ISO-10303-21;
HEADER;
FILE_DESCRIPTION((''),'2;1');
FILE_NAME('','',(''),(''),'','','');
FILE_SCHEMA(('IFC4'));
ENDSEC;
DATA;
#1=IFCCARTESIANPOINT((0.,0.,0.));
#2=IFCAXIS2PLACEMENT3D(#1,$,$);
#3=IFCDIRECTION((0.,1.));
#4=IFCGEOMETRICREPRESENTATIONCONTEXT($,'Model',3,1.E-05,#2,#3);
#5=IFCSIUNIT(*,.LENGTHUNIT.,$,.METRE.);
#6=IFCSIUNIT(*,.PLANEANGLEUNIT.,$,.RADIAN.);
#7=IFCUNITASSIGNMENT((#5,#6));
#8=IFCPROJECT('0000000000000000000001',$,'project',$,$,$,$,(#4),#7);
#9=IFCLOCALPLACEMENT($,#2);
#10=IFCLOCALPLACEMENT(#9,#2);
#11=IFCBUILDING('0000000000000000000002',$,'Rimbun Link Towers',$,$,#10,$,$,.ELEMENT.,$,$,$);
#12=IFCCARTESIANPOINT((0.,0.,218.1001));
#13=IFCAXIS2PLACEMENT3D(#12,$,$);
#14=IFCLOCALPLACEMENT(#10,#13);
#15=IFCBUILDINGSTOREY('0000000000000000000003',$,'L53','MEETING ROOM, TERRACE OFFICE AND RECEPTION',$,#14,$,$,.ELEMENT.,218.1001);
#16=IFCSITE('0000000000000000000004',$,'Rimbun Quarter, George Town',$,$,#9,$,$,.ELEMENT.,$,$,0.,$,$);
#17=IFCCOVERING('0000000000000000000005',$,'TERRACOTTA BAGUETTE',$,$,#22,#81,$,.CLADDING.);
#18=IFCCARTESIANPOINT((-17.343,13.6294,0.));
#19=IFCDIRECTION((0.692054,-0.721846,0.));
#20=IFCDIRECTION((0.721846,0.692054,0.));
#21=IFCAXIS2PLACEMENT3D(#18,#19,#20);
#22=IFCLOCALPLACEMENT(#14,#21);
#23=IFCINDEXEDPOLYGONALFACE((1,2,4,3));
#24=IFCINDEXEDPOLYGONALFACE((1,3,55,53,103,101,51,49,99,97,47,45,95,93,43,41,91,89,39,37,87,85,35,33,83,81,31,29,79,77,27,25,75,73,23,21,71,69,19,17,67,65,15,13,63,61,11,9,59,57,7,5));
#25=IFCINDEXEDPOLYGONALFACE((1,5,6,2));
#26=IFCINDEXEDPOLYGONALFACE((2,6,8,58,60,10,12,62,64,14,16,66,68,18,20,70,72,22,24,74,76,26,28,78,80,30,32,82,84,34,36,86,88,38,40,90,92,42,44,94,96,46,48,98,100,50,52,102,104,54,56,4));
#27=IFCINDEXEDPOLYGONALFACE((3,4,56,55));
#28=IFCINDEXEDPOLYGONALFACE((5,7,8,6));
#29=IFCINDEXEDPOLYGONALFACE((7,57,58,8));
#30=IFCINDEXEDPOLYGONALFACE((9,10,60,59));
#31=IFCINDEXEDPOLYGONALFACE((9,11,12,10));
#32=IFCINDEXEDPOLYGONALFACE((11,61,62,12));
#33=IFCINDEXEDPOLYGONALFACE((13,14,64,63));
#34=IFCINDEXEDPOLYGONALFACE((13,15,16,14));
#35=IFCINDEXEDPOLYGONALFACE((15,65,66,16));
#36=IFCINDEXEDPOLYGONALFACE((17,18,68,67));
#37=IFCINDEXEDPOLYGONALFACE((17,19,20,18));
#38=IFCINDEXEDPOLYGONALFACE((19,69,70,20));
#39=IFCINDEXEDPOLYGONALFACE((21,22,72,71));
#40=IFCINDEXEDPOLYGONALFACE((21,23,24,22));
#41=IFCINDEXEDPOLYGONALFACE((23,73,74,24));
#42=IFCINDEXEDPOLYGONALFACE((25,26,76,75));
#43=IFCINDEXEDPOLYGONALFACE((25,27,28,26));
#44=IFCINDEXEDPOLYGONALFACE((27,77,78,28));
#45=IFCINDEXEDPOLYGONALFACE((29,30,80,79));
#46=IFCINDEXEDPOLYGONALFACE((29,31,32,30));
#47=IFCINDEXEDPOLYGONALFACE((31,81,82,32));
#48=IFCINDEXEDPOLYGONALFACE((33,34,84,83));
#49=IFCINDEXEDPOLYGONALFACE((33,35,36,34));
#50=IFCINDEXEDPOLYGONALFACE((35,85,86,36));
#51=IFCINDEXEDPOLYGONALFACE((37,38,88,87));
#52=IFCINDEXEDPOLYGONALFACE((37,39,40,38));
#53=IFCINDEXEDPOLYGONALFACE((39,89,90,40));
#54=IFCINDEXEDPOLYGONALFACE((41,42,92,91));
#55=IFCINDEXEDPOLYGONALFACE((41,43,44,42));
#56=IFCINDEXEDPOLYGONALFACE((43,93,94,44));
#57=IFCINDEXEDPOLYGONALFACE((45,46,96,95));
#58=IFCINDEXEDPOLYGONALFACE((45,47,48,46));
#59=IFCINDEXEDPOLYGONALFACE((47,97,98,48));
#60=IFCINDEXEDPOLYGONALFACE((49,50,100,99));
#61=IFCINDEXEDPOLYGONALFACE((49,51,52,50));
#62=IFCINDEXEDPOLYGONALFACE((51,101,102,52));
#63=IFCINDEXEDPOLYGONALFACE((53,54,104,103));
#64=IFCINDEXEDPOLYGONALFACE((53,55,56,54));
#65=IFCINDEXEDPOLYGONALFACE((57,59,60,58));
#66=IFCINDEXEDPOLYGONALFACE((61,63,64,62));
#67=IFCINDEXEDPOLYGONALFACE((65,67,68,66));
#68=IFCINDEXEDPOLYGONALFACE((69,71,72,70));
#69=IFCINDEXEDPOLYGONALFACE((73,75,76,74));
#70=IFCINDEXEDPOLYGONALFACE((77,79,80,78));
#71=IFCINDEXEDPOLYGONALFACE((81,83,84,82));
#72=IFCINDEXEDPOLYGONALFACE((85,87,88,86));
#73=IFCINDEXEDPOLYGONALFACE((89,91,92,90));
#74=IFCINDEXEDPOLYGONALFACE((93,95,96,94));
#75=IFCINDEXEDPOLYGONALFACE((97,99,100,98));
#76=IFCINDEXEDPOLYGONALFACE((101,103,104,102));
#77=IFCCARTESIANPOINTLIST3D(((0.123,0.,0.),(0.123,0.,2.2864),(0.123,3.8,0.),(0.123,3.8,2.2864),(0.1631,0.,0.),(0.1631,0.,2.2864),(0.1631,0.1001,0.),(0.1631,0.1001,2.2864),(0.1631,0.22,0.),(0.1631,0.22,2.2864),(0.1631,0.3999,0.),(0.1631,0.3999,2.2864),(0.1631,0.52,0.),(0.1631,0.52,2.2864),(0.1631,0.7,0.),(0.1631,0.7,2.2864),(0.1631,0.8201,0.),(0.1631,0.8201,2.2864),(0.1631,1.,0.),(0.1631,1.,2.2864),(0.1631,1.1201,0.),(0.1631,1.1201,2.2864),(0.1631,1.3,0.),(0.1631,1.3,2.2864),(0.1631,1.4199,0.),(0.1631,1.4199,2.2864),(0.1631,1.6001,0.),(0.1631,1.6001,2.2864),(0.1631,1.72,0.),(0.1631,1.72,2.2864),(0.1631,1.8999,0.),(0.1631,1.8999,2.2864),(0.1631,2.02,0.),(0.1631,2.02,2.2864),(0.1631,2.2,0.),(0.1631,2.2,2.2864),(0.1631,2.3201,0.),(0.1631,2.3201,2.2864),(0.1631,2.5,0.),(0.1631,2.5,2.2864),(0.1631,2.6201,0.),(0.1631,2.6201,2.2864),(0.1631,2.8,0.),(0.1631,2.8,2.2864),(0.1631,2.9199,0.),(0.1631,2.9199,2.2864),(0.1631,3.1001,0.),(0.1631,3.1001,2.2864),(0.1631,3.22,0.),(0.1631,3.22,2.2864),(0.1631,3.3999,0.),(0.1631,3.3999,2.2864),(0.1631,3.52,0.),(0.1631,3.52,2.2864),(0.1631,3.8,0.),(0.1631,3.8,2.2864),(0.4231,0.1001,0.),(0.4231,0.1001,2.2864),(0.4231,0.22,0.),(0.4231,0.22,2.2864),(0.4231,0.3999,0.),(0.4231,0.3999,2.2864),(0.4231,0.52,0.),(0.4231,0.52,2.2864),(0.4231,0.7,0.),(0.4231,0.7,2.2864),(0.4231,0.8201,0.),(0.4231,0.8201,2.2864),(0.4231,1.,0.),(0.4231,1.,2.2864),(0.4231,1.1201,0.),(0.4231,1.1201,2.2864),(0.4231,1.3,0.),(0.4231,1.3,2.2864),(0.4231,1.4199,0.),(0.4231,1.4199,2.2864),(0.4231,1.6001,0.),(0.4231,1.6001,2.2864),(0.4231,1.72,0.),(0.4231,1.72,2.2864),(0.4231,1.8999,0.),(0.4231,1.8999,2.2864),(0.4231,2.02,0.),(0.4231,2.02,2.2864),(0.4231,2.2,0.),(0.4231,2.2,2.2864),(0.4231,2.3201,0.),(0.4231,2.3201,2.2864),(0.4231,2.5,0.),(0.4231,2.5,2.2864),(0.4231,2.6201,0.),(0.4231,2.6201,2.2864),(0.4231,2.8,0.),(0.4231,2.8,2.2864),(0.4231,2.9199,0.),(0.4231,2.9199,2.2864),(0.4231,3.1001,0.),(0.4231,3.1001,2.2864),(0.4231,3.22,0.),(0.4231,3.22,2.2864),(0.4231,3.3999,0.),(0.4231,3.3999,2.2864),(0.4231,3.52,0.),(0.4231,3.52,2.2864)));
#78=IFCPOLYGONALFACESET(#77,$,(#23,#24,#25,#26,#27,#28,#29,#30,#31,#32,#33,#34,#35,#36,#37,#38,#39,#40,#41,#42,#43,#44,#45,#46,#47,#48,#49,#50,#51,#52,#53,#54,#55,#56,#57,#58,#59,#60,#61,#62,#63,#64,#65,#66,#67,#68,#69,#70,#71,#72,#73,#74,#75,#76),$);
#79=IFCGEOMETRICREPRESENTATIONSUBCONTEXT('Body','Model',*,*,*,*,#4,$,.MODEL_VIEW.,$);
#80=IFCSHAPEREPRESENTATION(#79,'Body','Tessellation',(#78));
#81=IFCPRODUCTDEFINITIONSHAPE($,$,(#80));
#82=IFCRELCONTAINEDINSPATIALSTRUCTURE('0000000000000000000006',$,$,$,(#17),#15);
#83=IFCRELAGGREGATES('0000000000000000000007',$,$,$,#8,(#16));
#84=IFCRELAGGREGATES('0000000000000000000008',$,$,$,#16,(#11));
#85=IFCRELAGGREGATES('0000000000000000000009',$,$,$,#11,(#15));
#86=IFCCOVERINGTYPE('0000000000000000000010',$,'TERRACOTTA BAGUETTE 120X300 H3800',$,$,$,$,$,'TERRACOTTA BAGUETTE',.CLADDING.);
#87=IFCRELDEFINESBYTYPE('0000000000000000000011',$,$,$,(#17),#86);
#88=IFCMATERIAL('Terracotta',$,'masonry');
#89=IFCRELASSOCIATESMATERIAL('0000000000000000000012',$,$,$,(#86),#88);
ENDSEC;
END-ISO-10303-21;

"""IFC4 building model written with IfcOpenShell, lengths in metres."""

from ifc_helpers import new_model, si_unit, direction, frame, origin, place, context, subcontext, project, spatial, polyline, outline, extrude, material, material_profile, profile_set, type_object, element, save


model = new_model("IFC4")

# Units and contexts
model_context = context("Model", 3, precision=1e-05, world=origin(), true_north=direction((0.0, 1.0)))
body_context = subcontext(model_context, "Body", "Model", "MODEL_VIEW")
ifc_project = project(units=[si_unit("LENGTHUNIT", "METRE"), si_unit("PLANEANGLEUNIT", "RADIAN")], contexts=[model_context])

# Site, building, storey
site_placement = place(None, origin())
site = spatial("IfcSite", under=ifc_project, at=site_placement, Name="Rimbun Quarter, George Town", CompositionType="ELEMENT", RefElevation=0.0)
building_placement = place(site_placement, origin())
building = spatial("IfcBuilding", under=site, at=building_placement, Name="Rimbun Link Towers", CompositionType="ELEMENT")
storey_placement = place(building_placement, frame((0.0, 0.0, 218.1001)))
storey = spatial("IfcBuildingStorey", under=building, at=storey_placement, Name="L53", Description="MEETING ROOM, TERRACE OFFICE AND RECEPTION", CompositionType="ELEMENT", Elevation=218.1001)

# Covering
ifc_material_1 = material(Name="Terracotta", Category="masonry")
ifc_material_profile_1 = material_profile(ifc_material_1, outline(polyline([(0.123, 0.0), (0.1631, 0.0), (0.1631, 0.1001), (0.4231, 0.1001), (0.4231, 0.22), (0.1631, 0.22), (0.1631, 0.3999), (0.4231, 0.3999), (0.4231, 0.52), (0.1631, 0.52), (0.1631, 0.7), (0.4231, 0.7), (0.4231, 0.8201), (0.1631, 0.8201), (0.1631, 1.0), (0.4231, 1.0), (0.4231, 1.1201), (0.1631, 1.1201), (0.1631, 1.3), (0.4231, 1.3), (0.4231, 1.4199), (0.1631, 1.4199), (0.1631, 1.6001), (0.4231, 1.6001), (0.4231, 1.72), (0.1631, 1.72), (0.1631, 1.8999), (0.4231, 1.8999), (0.4231, 2.02), (0.1631, 2.02), (0.1631, 2.2), (0.4231, 2.2), (0.4231, 2.3201), (0.1631, 2.3201), (0.1631, 2.5), (0.4231, 2.5), (0.4231, 2.6201), (0.1631, 2.6201), (0.1631, 2.8), (0.4231, 2.8), (0.4231, 2.9199), (0.1631, 2.9199), (0.1631, 3.1001), (0.4231, 3.1001), (0.4231, 3.22), (0.1631, 3.22), (0.1631, 3.3999), (0.4231, 3.3999), (0.4231, 3.52), (0.1631, 3.52), (0.1631, 3.8), (0.123, 3.8), (0.123, 0.0)])), Name="BAGUETTE 120X300")
ifc_profile_set_1 = profile_set([ifc_material_profile_1], Name="Terracotta")
covering_type = type_object("IfcCoveringType", Name="TERRACOTTA BAGUETTE 120X300 H3800", ElementType="TERRACOTTA BAGUETTE", PredefinedType="CLADDING", material=ifc_profile_set_1)
covering_placement = place(storey_placement, frame((-17.343, 13.6294, 0.0), z_axis=(0.692054, -0.721846, 0.0), x_axis=(0.721846, 0.692054, 0.0)))
element("IfcCovering", 1, at=covering_placement, inside=storey, type_object=covering_type, Name="TERRACOTTA BAGUETTE", PredefinedType="CLADDING", context=body_context, shape_type="SweptSolid", body=[
    extrude(outline(polyline([(0.123, 0.0), (0.1631, 0.0), (0.1631, 0.1001), (0.4231, 0.1001), (0.4231, 0.22), (0.1631, 0.22), (0.1631, 0.3999), (0.4231, 0.3999), (0.4231, 0.52), (0.1631, 0.52), (0.1631, 0.7), (0.4231, 0.7), (0.4231, 0.8201), (0.1631, 0.8201), (0.1631, 1.0), (0.4231, 1.0), (0.4231, 1.1201), (0.1631, 1.1201), (0.1631, 1.3), (0.4231, 1.3), (0.4231, 1.4199), (0.1631, 1.4199), (0.1631, 1.6001), (0.4231, 1.6001), (0.4231, 1.72), (0.1631, 1.72), (0.1631, 1.8999), (0.4231, 1.8999), (0.4231, 2.02), (0.1631, 2.02), (0.1631, 2.2), (0.4231, 2.2), (0.4231, 2.3201), (0.1631, 2.3201), (0.1631, 2.5), (0.4231, 2.5), (0.4231, 2.6201), (0.1631, 2.6201), (0.1631, 2.8), (0.4231, 2.8), (0.4231, 2.9199), (0.1631, 2.9199), (0.1631, 3.1001), (0.4231, 3.1001), (0.4231, 3.22), (0.1631, 3.22), (0.1631, 3.3999), (0.4231, 3.3999), (0.4231, 3.52), (0.1631, 3.52), (0.1631, 3.8), (0.123, 3.8), (0.123, 0.0)])), origin(), (0.0, 0.0, 1.0), 2.2864),
])

save(model, "model.ifc")
